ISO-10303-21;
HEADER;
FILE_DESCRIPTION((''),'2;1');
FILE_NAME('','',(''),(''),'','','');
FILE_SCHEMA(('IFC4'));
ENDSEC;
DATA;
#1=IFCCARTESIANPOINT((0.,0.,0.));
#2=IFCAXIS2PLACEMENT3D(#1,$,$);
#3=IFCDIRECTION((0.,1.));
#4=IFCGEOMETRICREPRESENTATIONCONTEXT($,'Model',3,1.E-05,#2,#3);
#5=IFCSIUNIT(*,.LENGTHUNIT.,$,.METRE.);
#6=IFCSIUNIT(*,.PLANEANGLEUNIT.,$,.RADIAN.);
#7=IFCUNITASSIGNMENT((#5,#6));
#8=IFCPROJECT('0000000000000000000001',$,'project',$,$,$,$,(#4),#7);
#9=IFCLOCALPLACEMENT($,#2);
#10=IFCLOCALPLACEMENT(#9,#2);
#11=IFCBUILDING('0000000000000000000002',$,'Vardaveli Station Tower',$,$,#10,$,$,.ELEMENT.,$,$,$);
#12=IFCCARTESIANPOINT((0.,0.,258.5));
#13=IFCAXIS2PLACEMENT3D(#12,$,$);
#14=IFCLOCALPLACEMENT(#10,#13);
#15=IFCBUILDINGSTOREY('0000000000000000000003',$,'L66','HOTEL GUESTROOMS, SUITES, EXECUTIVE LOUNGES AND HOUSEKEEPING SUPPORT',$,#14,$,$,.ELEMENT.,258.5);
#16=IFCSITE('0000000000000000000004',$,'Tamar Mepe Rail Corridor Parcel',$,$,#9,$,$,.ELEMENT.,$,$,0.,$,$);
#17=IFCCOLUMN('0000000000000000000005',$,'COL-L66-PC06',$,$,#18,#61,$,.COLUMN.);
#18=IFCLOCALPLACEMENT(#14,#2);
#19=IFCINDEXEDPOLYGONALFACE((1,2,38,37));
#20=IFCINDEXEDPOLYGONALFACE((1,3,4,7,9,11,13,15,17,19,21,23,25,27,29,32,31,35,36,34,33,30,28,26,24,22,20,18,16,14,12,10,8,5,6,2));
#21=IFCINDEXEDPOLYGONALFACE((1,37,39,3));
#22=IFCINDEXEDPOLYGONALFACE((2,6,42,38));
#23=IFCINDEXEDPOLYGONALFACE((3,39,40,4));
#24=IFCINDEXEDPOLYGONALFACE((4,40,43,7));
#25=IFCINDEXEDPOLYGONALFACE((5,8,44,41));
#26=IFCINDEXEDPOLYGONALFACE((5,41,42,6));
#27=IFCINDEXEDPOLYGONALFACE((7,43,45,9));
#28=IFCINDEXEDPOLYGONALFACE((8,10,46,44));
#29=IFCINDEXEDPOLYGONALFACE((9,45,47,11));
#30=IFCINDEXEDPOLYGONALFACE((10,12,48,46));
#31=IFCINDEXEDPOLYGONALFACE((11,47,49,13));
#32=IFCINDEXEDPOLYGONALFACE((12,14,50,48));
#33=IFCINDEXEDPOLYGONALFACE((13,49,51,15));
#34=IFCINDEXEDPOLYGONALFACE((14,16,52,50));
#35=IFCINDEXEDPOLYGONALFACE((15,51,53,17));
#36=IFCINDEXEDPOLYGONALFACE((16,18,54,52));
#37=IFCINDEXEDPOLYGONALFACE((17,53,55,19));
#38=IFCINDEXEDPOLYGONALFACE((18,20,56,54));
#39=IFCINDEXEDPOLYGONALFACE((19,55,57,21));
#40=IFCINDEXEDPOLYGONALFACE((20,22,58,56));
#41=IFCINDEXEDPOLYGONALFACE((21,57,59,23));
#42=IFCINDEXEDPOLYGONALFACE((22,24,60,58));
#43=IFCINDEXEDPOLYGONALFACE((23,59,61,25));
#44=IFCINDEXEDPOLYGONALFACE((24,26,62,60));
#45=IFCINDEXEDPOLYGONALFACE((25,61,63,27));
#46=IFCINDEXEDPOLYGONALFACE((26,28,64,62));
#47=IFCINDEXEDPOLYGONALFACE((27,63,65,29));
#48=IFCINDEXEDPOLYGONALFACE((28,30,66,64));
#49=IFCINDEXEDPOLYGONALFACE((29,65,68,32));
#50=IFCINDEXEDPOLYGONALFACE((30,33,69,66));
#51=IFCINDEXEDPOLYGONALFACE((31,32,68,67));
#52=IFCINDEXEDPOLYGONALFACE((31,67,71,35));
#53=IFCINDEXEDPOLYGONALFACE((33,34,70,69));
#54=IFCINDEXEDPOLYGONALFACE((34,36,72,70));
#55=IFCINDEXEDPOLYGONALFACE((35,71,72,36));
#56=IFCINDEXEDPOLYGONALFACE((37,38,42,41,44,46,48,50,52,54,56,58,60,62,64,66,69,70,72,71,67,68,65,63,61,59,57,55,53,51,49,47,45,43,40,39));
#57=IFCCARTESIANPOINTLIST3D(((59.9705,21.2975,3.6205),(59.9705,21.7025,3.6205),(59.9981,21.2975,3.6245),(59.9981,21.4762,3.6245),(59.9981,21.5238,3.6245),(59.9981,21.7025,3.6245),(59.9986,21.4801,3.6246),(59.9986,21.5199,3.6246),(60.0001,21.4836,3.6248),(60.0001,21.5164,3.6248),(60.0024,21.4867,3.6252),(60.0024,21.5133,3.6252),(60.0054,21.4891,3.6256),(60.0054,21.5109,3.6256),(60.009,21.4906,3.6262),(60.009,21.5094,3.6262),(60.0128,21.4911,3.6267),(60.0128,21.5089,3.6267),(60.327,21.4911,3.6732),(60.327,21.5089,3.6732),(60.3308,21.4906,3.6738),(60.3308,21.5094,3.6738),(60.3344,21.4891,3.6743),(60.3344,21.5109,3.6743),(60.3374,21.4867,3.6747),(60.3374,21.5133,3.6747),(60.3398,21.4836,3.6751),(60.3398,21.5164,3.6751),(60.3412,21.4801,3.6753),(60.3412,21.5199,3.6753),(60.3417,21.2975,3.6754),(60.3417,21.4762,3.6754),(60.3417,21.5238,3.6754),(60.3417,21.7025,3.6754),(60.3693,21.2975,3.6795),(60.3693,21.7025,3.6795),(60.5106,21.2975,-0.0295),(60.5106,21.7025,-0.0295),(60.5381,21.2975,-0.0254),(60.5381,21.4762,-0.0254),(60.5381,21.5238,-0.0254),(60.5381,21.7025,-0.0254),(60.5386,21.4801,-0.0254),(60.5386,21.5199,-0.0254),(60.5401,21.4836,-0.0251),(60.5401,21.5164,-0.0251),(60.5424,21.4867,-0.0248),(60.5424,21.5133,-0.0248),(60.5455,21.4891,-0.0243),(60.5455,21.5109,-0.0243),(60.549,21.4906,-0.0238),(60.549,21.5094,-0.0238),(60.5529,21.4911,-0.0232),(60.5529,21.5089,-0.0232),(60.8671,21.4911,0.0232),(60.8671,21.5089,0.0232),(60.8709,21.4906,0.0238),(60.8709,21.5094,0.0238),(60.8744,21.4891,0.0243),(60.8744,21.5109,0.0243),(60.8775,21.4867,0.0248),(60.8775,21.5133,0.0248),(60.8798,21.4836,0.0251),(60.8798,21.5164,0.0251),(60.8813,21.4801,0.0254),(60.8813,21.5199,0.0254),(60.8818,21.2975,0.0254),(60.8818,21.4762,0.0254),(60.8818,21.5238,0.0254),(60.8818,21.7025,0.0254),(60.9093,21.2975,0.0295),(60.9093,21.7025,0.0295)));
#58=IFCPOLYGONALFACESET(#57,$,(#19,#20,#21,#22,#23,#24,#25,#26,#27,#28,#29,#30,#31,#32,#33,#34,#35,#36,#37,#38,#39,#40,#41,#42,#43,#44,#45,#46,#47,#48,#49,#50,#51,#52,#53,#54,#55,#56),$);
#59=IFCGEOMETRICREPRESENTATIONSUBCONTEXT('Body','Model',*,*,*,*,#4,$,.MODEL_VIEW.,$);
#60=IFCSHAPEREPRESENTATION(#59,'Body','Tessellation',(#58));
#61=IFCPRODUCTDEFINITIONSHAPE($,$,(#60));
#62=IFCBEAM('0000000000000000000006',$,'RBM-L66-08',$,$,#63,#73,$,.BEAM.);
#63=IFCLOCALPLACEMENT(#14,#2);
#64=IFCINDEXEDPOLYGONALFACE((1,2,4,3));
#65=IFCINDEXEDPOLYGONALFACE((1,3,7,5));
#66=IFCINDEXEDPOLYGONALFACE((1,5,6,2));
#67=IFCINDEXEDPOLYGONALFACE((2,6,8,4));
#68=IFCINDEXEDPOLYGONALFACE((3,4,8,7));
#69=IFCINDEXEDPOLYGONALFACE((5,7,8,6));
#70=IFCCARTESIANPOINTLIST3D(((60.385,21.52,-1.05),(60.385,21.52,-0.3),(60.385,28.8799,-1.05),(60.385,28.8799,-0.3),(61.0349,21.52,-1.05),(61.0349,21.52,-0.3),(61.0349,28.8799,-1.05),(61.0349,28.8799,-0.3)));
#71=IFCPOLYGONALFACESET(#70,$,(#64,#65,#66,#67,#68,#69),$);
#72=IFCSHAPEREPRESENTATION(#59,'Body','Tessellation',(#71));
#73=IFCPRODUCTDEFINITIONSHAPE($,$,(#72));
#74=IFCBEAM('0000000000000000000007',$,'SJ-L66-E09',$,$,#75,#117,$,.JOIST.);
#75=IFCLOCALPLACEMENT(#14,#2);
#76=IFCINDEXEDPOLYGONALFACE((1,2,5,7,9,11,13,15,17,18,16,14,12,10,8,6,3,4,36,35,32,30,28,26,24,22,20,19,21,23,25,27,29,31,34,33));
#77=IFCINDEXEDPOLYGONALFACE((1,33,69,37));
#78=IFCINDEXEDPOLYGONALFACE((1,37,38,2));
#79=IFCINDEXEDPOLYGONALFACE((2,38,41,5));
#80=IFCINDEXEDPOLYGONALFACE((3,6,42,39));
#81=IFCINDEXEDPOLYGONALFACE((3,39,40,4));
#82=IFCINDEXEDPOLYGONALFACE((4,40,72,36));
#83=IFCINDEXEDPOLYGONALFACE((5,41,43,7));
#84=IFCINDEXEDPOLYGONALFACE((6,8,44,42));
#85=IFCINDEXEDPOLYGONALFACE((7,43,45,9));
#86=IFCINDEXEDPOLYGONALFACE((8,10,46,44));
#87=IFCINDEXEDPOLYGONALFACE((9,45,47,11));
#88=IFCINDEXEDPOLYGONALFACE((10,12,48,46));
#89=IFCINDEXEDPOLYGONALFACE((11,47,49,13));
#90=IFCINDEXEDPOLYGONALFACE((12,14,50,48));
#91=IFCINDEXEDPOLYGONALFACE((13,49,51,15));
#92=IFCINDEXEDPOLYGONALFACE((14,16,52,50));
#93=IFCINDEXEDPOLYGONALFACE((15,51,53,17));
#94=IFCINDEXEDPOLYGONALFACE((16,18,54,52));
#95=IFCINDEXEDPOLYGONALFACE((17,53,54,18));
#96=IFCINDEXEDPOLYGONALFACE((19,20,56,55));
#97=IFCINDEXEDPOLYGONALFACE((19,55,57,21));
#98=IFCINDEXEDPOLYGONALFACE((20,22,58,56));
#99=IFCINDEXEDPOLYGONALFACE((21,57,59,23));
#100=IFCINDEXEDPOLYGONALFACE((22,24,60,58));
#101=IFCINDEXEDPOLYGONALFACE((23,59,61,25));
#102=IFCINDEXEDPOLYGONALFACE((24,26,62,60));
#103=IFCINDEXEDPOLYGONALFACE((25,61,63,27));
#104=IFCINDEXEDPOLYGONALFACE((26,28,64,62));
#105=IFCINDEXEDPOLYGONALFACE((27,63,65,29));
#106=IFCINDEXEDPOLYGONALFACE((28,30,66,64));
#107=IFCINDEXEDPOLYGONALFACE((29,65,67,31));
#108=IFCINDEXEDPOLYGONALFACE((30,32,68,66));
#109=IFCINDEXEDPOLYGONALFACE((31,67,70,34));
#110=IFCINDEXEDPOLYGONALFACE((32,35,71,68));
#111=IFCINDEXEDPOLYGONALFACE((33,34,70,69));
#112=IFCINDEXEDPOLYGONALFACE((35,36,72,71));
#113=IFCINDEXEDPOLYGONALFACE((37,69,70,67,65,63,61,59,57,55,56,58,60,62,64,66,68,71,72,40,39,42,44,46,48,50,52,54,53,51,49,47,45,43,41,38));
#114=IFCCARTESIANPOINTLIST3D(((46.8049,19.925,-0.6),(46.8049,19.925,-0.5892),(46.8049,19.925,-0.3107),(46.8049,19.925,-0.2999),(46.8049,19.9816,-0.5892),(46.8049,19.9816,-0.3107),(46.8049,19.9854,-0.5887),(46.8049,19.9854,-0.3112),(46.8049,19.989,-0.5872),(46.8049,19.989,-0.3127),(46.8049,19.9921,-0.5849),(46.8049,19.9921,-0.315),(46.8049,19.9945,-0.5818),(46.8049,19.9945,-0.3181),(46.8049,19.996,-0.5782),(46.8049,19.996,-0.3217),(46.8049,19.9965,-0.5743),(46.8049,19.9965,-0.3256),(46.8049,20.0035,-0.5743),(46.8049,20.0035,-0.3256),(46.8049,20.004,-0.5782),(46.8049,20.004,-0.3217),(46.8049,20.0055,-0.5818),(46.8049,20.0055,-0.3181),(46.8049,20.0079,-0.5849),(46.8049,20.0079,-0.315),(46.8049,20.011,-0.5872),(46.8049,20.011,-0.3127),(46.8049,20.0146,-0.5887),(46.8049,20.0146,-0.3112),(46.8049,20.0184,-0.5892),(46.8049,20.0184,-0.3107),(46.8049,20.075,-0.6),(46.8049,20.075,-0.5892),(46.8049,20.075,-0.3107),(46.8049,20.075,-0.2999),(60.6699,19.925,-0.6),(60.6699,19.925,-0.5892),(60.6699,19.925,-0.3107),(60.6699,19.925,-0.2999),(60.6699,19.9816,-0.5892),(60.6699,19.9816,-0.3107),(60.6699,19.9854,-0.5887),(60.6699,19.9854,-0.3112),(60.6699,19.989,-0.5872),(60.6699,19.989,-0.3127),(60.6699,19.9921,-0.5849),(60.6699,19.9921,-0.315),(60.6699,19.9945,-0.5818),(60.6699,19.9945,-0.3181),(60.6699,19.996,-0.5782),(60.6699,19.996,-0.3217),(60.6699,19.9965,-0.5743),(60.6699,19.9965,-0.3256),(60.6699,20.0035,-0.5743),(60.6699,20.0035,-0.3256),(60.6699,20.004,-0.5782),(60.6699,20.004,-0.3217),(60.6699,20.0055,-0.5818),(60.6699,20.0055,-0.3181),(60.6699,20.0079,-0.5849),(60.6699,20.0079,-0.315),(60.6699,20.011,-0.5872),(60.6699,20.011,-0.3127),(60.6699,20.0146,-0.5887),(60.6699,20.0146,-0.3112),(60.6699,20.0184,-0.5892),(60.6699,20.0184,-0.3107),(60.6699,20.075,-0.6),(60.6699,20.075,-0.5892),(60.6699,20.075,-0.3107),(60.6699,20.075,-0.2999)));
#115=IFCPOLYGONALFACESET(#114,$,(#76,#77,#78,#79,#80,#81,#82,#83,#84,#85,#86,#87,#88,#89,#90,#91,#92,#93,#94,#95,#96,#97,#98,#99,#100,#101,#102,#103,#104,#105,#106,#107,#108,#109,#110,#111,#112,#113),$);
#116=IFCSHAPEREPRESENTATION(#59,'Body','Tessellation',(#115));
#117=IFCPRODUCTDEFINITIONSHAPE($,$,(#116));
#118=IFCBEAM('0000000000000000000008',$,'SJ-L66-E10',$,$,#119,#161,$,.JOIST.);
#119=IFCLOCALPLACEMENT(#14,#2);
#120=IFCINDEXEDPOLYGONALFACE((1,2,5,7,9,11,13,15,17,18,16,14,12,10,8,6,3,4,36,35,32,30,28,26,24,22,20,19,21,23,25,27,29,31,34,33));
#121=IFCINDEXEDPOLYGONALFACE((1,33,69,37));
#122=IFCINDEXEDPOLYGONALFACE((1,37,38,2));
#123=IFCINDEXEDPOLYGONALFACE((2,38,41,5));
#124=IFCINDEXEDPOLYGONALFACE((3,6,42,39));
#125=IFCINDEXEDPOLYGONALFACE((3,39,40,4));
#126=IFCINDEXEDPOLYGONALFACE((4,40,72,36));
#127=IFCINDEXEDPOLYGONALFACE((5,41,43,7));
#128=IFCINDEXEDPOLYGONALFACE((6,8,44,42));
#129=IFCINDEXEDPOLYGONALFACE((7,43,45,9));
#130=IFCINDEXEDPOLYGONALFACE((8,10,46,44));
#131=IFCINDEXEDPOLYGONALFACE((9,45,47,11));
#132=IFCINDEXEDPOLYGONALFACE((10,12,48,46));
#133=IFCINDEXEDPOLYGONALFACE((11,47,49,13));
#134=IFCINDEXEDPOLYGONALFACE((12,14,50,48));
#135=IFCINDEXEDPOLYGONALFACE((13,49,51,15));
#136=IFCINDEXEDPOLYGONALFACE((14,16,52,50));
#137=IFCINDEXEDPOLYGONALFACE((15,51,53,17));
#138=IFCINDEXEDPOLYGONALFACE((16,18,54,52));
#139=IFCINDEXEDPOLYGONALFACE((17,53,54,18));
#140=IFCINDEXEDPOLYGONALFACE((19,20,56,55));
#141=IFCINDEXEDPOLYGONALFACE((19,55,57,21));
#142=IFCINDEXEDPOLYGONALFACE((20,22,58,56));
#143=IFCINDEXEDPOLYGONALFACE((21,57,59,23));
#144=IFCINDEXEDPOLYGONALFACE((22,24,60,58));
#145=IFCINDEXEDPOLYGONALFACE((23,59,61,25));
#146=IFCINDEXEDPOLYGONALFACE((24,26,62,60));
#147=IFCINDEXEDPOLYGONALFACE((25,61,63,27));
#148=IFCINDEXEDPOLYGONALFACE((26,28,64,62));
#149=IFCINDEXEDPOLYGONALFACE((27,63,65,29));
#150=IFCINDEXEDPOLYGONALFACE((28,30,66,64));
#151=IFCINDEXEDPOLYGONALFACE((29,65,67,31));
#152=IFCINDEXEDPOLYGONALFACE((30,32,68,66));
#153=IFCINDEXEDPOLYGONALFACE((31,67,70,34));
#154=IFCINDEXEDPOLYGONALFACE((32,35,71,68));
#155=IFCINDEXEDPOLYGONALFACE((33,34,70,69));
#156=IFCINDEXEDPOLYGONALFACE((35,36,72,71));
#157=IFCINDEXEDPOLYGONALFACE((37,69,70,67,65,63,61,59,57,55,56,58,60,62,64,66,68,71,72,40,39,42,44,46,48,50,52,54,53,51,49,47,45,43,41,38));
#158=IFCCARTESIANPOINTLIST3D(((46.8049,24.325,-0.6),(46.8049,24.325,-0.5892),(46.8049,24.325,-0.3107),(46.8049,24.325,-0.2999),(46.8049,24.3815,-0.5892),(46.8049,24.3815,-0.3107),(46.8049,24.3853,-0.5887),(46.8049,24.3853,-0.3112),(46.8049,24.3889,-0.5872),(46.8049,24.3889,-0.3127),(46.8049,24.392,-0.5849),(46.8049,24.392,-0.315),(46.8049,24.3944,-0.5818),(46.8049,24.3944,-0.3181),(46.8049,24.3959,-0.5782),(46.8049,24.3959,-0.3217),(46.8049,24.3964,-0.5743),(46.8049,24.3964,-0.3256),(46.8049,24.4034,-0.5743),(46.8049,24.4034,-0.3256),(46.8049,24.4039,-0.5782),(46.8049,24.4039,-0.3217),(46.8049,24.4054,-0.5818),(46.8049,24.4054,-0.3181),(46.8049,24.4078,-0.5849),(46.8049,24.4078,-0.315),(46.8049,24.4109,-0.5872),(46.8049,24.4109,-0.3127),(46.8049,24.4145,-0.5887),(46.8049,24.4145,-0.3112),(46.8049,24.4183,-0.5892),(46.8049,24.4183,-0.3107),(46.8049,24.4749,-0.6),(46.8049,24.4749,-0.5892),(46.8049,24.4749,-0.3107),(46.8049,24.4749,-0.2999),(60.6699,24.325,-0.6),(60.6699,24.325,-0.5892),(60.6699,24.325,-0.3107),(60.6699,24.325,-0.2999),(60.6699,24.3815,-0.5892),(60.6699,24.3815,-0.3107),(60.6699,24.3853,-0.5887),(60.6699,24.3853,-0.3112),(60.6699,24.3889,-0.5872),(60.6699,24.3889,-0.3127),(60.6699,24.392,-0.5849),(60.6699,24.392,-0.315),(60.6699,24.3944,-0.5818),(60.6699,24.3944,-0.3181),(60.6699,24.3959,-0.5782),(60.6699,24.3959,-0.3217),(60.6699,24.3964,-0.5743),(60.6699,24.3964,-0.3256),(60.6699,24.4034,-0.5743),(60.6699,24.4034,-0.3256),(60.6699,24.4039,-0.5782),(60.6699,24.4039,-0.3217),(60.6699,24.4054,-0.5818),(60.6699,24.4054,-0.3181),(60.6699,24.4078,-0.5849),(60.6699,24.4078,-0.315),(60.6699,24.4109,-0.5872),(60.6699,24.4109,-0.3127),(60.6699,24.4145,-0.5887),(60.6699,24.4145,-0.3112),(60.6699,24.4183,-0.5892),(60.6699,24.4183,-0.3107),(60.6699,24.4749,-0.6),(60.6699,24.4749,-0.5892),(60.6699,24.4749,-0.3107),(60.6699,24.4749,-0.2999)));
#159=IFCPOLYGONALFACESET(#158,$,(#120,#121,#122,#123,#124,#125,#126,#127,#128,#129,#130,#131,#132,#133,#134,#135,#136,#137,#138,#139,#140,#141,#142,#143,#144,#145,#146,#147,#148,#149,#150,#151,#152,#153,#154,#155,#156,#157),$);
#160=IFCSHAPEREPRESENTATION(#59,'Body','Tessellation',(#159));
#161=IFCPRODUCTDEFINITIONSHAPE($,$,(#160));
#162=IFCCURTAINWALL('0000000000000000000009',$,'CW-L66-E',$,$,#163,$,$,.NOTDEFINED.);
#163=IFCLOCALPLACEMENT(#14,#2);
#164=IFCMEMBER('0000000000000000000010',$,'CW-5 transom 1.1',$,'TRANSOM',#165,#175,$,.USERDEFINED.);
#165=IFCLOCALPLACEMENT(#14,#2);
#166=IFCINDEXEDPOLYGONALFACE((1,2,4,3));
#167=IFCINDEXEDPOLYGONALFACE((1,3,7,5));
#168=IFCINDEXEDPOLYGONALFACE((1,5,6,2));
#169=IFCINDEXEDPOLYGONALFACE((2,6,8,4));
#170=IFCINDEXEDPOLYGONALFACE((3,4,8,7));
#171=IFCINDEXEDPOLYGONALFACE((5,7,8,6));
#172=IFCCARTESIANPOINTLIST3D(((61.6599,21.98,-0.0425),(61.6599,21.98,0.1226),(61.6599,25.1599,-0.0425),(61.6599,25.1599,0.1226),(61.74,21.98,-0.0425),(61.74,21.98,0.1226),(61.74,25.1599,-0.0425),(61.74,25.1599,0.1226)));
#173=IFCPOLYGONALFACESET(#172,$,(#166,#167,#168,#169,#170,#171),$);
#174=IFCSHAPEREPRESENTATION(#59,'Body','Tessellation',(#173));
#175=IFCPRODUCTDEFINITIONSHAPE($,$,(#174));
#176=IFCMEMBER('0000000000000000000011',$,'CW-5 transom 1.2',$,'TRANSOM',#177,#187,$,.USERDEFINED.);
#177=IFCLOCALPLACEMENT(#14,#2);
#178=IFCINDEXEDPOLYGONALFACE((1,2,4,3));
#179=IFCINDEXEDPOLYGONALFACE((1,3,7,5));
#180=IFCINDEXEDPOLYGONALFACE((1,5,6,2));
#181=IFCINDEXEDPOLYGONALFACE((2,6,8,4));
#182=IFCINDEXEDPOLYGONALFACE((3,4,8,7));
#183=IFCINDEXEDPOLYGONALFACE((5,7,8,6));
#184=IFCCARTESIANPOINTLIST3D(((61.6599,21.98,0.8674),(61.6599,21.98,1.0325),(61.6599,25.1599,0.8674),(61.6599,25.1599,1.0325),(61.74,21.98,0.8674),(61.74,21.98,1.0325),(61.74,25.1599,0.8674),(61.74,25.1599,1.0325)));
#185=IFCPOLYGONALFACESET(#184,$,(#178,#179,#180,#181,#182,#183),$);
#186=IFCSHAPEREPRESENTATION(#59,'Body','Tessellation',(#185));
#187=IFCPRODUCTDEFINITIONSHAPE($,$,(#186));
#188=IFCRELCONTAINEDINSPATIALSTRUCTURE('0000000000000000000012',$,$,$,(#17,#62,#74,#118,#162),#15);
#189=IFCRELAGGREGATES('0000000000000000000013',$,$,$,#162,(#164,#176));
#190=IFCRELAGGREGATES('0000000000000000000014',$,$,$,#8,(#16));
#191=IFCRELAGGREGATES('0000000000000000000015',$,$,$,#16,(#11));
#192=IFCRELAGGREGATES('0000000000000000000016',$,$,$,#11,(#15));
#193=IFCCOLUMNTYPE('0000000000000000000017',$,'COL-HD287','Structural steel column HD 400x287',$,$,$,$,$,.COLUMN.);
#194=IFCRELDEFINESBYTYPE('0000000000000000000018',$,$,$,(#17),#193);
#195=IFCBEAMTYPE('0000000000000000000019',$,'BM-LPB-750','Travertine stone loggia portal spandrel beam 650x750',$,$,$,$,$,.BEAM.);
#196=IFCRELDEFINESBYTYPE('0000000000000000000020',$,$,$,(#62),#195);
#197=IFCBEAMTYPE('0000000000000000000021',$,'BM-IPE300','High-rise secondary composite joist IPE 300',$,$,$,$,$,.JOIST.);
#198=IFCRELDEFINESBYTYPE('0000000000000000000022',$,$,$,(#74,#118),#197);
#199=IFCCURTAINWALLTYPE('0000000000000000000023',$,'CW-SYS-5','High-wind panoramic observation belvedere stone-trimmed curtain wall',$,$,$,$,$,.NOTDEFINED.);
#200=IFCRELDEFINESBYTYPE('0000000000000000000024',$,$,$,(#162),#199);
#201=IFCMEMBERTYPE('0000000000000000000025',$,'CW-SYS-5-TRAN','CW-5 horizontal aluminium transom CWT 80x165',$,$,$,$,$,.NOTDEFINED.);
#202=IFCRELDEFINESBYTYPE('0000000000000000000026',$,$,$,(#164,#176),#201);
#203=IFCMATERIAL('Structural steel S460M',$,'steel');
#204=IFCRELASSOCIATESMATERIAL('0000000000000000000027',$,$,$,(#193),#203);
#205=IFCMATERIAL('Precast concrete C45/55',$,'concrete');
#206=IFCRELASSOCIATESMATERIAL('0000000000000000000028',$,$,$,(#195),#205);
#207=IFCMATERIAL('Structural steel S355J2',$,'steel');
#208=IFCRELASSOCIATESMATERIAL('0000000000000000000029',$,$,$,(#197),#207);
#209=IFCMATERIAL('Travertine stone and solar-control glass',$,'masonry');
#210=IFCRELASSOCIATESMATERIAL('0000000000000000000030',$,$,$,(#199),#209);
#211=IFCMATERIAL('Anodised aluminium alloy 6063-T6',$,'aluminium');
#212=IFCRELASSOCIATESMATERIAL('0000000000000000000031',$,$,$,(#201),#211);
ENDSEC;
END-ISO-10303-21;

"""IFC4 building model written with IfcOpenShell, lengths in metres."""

from ifc_helpers import new_model, si_unit, direction, frame, origin, origin_2d, place, context, subcontext, project, spatial, rectangle, i_section, extrude, source, transform, mapped, material, material_profile, profile_set, type_object, element, aggregate, save


model = new_model("IFC4")

# Units and contexts
model_context = context("Model", 3, precision=1e-05, world=origin(), true_north=direction((0.0, 1.0)))
body_context = subcontext(model_context, "Body", "Model", "MODEL_VIEW")
ifc_project = project(units=[si_unit("LENGTHUNIT", "METRE"), si_unit("PLANEANGLEUNIT", "RADIAN")], contexts=[model_context])

# Site, building, storey
site_placement = place(None, origin())
site = spatial("IfcSite", under=ifc_project, at=site_placement, Name="Tamar Mepe Rail Corridor Parcel", CompositionType="ELEMENT", RefElevation=0.0)
building_placement = place(site_placement, origin())
building = spatial("IfcBuilding", under=site, at=building_placement, Name="Vardaveli Station Tower", CompositionType="ELEMENT")
storey_placement = place(building_placement, frame((0.0, 0.0, 258.5)))
storey = spatial("IfcBuildingStorey", under=building, at=storey_placement, Name="L66", Description="HOTEL GUESTROOMS, SUITES, EXECUTIVE LOUNGES AND HOUSEKEEPING SUPPORT", CompositionType="ELEMENT", Elevation=258.5)

# Column
ifc_material_1 = material(Name="Structural steel S460M", Category="steel")
ifc_material_profile_1 = material_profile(ifc_material_1, i_section(OverallWidth=0.405, OverallDepth=0.4031, WebThickness=0.0178, FlangeThickness=0.0278, FilletRadius=0.0149, at=origin_2d()), Name="HD 400x287")
ifc_profile_set_1 = profile_set([ifc_material_profile_1], Name="Structural steel S460M")
column_type = type_object("IfcColumnType", Name="COL-HD287", Description="Structural steel column HD 400x287", PredefinedType="COLUMN", material=ifc_profile_set_1)
shared_shape_1 = source(origin(), body_context, "Body", "SweptSolid", [
    extrude(i_section(OverallWidth=0.405, OverallDepth=0.4031, WebThickness=0.0178, FlangeThickness=0.0278, FilletRadius=0.0149, at=origin_2d()), origin(), (0.0, 0.0, 1.0), 3.6897),
])
column_placement = place(storey_placement, frame((60.71, 21.5, 0.0), z_axis=(-0.146366, 0.0, 0.98923), x_axis=(0.0, -1.0, 0.0)))
element("IfcColumn", 1, at=column_placement, inside=storey, type_object=column_type, Name="COL-L66-PC06", PredefinedType="COLUMN", context=body_context, shape_type="MappedRepresentation", body=[
    mapped(shared_shape_1, transform((0.0, 0.0, 0.0), scale=1.0)),
])

# Beams
ifc_material_2 = material(Name="Precast concrete C45/55", Category="concrete")
ifc_material_profile_2 = material_profile(ifc_material_2, rectangle(XDim=0.6499, YDim=0.75, at=origin_2d()), Name="LPB 650x750")
ifc_profile_set_2 = profile_set([ifc_material_profile_2], Name="Precast concrete C45/55")
beam_type_1 = type_object("IfcBeamType", Name="BM-LPB-750", Description="Travertine stone loggia portal spandrel beam 650x750", PredefinedType="BEAM", material=ifc_profile_set_2)
shared_shape_2 = source(origin(), body_context, "Body", "SweptSolid", [
    extrude(rectangle(XDim=0.6499, YDim=0.75, at=origin_2d()), origin(), (0.0, 0.0, 1.0), 7.3599),
])
beam_placement = place(storey_placement, frame((60.71, 21.52, -0.675), z_axis=(0.0, 1.0, 0.0), x_axis=(-1.0, 0.0, 0.0)))
element("IfcBeam", 2, at=beam_placement, inside=storey, type_object=beam_type_1, Name="RBM-L66-08", PredefinedType="BEAM", context=body_context, shape_type="MappedRepresentation", body=[
    mapped(shared_shape_2, transform((0.0, 0.0, 0.0), scale=1.0)),
])
ifc_material_3 = material(Name="Structural steel S355J2", Category="steel")
ifc_material_profile_3 = material_profile(ifc_material_3, i_section(OverallWidth=0.1499, OverallDepth=0.3, WebThickness=0.0071, FlangeThickness=0.0107, FilletRadius=0.0149, at=origin_2d()), Name="IPE 300")
ifc_profile_set_3 = profile_set([ifc_material_profile_3], Name="Structural steel S355J2")
beam_type_2 = type_object("IfcBeamType", Name="BM-IPE300", Description="High-rise secondary composite joist IPE 300", PredefinedType="JOIST", material=ifc_profile_set_3)
shared_shape_3 = source(origin(), body_context, "Body", "SweptSolid", [
    extrude(i_section(OverallWidth=0.1499, OverallDepth=0.3, WebThickness=0.0071, FlangeThickness=0.0107, FilletRadius=0.0149, at=origin_2d()), origin(), (0.0, 0.0, 1.0), 13.865),
])
for number, where, z_axis, x_axis, name in (
    (3, (46.8049, 20.0, -0.45), (1.0, 0.0, 0.0), (0.0, 1.0, 0.0), "SJ-L66-E09"),
    (4, (46.8049, 24.3999, -0.45), (1.0, 0.0, 0.0), (0.0, 1.0, 0.0), "SJ-L66-E10"),
):
    element("IfcBeam", number, at=place(storey_placement, frame(where, z_axis=z_axis, x_axis=x_axis)), inside=storey, type_object=beam_type_2, Name=name, PredefinedType="JOIST", context=body_context, shape_type="MappedRepresentation", body=[
        mapped(shared_shape_3, transform((0.0, 0.0, 0.0), scale=1.0)),
    ])

# Curtain wall, members
ifc_material_4 = material(Name="Travertine stone and solar-control glass", Category="masonry")
curtain_wall_type = type_object("IfcCurtainWallType", Name="CW-SYS-5", Description="High-wind panoramic observation belvedere stone-trimmed curtain wall", PredefinedType="NOTDEFINED", material=ifc_material_4)
curtain_wall_placement = place(storey_placement, origin())
curtain_wall = element("IfcCurtainWall", 5, at=curtain_wall_placement, inside=storey, type_object=curtain_wall_type, Name="CW-L66-E", PredefinedType="NOTDEFINED")
ifc_material_5 = material(Name="Anodised aluminium alloy 6063-T6", Category="aluminium")
ifc_material_profile_4 = material_profile(ifc_material_5, rectangle(XDim=0.0801, YDim=0.165, at=origin_2d()), Name="CWT 80x165")
ifc_profile_set_4 = profile_set([ifc_material_profile_4], Name="Anodised aluminium alloy 6063-T6")
member_type_1 = type_object("IfcMemberType", Name="CW-SYS-5-TRAN", Description="CW-5 horizontal aluminium transom CWT 80x165", PredefinedType="NOTDEFINED", material=ifc_profile_set_4)
shared_shape_4 = source(origin(), body_context, "Body", "SweptSolid", [
    extrude(rectangle(XDim=0.0801, YDim=0.165, at=origin_2d()), origin(), (0.0, 0.0, 1.0), 3.1799),
])
member_1_placement = place(storey_placement, frame((61.7, 21.98, 0.04), z_axis=(0.0, 1.0, 0.0), x_axis=(-1.0, 0.0, 0.0)))
member_1 = element("IfcMember", 6, at=member_1_placement, type_object=member_type_1, Name="CW-5 transom 1.1", ObjectType="TRANSOM", PredefinedType="USERDEFINED", context=body_context, shape_type="MappedRepresentation", body=[
    mapped(shared_shape_4, transform((0.0, 0.0, 0.0), scale=1.0)),
])
member_2_placement = place(storey_placement, frame((61.7, 21.98, 0.95), z_axis=(0.0, 1.0, 0.0), x_axis=(-1.0, 0.0, 0.0)))
member_2 = element("IfcMember", 7, at=member_2_placement, type_object=member_type_1, Name="CW-5 transom 1.2", ObjectType="TRANSOM", PredefinedType="USERDEFINED", context=body_context, shape_type="MappedRepresentation", body=[
    mapped(shared_shape_4, transform((0.0, 0.0, 0.0), scale=1.0)),
])
aggregate(curtain_wall, [member_1, member_2])

save(model, "model.ifc")
